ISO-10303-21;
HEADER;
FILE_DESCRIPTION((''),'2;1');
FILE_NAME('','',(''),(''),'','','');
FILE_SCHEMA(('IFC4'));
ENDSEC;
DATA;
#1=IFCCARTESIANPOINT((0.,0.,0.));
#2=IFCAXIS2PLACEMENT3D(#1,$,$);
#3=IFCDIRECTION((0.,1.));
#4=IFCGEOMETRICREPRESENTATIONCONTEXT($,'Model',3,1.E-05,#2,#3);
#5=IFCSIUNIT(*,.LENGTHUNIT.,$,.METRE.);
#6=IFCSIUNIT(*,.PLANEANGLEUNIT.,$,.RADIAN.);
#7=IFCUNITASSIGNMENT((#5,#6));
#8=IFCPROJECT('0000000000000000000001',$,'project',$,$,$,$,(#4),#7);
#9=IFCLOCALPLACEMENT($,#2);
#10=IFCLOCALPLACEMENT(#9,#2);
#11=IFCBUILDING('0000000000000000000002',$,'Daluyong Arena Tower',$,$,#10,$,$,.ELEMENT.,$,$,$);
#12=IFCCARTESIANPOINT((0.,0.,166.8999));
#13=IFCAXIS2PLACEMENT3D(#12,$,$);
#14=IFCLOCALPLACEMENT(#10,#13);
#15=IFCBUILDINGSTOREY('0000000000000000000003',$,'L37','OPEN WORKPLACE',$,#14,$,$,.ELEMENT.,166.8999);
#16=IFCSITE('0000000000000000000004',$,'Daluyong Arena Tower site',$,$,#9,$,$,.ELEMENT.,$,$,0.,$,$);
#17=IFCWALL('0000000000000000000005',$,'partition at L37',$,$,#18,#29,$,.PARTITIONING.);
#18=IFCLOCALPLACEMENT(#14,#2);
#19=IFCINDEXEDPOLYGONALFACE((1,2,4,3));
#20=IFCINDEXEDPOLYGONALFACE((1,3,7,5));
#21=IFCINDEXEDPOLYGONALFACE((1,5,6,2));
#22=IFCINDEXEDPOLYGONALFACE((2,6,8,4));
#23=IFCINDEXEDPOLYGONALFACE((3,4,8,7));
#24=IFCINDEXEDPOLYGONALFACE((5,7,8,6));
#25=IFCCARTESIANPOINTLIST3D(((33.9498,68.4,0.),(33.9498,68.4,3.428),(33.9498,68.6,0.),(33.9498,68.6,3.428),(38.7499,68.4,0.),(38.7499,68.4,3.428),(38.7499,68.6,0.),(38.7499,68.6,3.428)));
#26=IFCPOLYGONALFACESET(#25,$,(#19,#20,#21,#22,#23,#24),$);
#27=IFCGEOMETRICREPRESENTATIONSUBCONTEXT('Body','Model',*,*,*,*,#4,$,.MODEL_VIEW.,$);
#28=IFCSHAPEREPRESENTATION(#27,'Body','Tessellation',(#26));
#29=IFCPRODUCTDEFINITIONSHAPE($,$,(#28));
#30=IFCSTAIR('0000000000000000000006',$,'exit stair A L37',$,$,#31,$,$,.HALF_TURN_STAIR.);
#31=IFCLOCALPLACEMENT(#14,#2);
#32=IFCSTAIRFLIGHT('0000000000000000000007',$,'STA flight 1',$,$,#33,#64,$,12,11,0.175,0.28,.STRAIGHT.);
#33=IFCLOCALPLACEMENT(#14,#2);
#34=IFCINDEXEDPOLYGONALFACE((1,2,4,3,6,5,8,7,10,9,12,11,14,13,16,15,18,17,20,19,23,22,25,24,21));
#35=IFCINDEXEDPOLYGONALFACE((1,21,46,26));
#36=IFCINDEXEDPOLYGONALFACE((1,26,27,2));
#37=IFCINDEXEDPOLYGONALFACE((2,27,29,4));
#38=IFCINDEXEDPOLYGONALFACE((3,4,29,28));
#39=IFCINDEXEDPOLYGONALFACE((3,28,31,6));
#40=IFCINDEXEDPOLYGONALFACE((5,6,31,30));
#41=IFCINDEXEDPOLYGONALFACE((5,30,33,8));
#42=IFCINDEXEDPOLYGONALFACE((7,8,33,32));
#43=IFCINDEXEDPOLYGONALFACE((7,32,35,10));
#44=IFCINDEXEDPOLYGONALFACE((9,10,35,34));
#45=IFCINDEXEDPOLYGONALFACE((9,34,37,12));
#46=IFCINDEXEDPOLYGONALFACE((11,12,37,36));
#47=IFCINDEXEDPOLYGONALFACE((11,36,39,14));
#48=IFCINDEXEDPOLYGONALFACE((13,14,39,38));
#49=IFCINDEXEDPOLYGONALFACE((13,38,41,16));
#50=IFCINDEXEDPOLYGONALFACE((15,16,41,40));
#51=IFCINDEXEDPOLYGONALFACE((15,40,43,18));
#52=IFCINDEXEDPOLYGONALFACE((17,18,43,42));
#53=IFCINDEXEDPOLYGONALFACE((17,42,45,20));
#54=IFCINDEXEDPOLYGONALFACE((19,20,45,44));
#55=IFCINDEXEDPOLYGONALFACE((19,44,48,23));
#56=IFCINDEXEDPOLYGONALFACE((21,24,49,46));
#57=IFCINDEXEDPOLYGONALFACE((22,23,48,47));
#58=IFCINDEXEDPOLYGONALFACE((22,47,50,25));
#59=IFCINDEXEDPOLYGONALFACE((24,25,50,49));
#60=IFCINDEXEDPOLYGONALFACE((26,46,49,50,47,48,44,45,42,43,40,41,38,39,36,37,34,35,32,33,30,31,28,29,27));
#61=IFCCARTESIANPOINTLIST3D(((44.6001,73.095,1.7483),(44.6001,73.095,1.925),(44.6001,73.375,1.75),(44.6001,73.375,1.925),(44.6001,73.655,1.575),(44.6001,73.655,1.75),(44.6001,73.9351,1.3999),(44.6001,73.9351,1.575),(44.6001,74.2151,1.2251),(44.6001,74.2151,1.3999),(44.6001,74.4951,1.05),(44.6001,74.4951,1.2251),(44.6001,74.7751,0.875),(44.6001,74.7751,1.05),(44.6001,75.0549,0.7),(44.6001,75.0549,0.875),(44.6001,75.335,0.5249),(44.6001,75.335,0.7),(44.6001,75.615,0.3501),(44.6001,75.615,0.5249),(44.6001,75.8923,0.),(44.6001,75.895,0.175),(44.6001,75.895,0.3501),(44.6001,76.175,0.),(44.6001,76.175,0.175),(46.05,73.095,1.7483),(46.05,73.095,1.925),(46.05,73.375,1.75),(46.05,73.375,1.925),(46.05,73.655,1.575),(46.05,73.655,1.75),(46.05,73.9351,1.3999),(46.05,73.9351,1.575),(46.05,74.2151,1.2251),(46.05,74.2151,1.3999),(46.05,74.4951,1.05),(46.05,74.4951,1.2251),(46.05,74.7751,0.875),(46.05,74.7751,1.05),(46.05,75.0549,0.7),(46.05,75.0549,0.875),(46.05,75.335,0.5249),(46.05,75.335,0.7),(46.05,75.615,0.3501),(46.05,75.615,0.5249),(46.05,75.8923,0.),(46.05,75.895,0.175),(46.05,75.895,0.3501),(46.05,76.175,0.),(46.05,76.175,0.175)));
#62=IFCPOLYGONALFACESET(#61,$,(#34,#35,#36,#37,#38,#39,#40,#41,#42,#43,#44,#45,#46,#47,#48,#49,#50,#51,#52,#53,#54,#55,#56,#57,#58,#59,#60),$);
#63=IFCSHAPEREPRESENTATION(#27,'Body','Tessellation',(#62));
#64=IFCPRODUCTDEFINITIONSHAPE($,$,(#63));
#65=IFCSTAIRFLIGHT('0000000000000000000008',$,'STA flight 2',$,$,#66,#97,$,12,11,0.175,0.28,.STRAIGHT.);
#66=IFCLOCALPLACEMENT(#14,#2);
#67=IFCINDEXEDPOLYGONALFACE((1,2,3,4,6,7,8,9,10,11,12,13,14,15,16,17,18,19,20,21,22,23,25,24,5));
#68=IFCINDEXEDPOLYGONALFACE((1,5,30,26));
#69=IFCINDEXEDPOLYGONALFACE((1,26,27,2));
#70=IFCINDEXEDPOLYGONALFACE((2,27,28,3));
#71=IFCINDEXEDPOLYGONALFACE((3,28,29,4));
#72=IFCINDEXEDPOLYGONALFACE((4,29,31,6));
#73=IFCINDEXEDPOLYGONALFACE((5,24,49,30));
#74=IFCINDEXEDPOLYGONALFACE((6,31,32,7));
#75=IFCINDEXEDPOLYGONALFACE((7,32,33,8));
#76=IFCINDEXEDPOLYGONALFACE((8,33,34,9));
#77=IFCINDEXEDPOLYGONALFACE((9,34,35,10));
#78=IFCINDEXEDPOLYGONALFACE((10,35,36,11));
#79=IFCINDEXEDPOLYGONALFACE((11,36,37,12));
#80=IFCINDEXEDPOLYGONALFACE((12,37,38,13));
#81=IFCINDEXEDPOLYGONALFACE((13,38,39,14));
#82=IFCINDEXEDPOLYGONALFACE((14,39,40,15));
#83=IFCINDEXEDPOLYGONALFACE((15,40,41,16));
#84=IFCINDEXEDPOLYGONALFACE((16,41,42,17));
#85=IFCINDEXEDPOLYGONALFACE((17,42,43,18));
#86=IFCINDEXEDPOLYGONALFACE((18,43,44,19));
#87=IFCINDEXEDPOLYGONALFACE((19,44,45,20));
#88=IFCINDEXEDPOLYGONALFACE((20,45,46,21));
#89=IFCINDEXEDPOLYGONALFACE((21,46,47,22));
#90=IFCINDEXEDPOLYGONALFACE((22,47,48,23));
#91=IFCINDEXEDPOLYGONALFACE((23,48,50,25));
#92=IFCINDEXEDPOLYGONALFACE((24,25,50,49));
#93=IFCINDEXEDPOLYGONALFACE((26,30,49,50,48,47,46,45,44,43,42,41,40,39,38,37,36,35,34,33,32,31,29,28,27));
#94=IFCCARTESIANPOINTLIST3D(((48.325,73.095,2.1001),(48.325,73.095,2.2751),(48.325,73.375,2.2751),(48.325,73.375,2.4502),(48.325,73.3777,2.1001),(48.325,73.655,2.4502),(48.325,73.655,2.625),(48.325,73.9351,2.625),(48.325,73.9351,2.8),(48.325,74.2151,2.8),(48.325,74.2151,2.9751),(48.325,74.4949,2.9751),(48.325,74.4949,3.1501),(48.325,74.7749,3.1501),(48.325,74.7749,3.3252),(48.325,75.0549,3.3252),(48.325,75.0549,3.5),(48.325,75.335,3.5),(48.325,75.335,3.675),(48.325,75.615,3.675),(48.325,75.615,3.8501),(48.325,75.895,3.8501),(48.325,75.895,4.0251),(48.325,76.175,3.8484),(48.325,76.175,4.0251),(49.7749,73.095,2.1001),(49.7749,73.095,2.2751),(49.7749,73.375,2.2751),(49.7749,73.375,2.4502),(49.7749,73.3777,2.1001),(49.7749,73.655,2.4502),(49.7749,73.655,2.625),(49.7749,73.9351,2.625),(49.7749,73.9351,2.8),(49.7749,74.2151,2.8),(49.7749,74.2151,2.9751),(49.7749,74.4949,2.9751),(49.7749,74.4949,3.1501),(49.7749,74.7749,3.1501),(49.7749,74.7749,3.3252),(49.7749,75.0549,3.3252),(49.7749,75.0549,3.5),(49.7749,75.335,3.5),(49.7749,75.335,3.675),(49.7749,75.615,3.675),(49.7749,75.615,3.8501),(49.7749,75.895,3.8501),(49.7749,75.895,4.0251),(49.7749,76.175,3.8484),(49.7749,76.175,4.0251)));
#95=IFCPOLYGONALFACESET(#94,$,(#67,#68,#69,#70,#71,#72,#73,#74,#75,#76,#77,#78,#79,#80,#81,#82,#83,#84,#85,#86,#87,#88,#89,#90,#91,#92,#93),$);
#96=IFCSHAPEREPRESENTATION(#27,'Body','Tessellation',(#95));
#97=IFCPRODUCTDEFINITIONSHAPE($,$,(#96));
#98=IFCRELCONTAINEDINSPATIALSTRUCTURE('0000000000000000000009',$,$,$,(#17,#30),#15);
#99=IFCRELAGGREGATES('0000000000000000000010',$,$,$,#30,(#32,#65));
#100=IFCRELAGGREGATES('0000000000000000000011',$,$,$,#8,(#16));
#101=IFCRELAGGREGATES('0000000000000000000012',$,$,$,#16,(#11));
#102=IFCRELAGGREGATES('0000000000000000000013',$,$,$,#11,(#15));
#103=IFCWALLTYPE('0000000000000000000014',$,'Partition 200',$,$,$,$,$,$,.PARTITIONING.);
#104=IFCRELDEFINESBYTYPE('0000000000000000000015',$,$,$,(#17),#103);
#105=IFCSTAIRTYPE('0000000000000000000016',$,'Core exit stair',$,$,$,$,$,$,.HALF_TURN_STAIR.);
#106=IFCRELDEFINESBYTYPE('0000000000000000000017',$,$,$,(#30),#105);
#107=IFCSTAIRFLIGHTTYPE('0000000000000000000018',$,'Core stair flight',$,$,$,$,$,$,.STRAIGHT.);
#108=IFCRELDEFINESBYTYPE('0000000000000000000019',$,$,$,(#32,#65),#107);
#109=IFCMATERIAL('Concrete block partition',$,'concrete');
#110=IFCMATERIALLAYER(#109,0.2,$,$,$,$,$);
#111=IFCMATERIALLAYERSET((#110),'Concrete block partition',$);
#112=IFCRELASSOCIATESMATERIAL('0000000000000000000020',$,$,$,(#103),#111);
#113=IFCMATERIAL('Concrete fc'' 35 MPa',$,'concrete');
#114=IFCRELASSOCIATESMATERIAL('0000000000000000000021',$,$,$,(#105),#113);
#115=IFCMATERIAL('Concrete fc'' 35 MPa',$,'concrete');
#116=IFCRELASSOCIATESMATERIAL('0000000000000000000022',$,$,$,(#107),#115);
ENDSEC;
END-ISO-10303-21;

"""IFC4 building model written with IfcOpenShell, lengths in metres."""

from ifc_helpers import new_model, si_unit, direction, frame, frame_2d, origin, place, context, subcontext, project, spatial, polyline, rectangle, outline, extrude, material, layer, layer_set, type_object, element, aggregate, save


model = new_model("IFC4")

# Units and contexts
model_context = context("Model", 3, precision=1e-05, world=origin(), true_north=direction((0.0, 1.0)))
body_context = subcontext(model_context, "Body", "Model", "MODEL_VIEW")
ifc_project = project(units=[si_unit("LENGTHUNIT", "METRE"), si_unit("PLANEANGLEUNIT", "RADIAN")], contexts=[model_context])

# Site, building, storey
site_placement = place(None, origin())
site = spatial("IfcSite", under=ifc_project, at=site_placement, Name="Daluyong Arena Tower site", CompositionType="ELEMENT", RefElevation=0.0)
building_placement = place(site_placement, origin())
building = spatial("IfcBuilding", under=site, at=building_placement, Name="Daluyong Arena Tower", CompositionType="ELEMENT")
storey_placement = place(building_placement, frame((0.0, 0.0, 166.8999)))
storey = spatial("IfcBuildingStorey", under=building, at=storey_placement, Name="L37", Description="OPEN WORKPLACE", CompositionType="ELEMENT", Elevation=166.8999)

# Wall
ifc_material_1 = material(Name="Concrete block partition", Category="concrete")
ifc_layer_1 = layer(ifc_material_1, 0.2)
ifc_layer_set_1 = layer_set([ifc_layer_1], Name="Concrete block partition")
wall_type_1 = type_object("IfcWallType", Name="Partition 200", PredefinedType="PARTITIONING", material=ifc_layer_set_1)
for number, where, z_axis, x_axis, name in (
    (1, (33.95, 68.5, 0.0), (0.0, 0.0, 1.0), (1.0, 0.0, 0.0), "partition at L37"),
):
    element("IfcWall", number, at=place(storey_placement, frame(where, z_axis=z_axis, x_axis=x_axis)), inside=storey, type_object=wall_type_1, Name=name, PredefinedType="PARTITIONING", context=body_context, shape_type="SweptSolid", body=[
        extrude(rectangle(XDim=4.8, YDim=0.2, at=frame_2d((2.3999, 0.0))), origin(), (0.0, 0.0, 1.0), 3.428),
    ])

# Stair, stair flights
ifc_material_2 = material(Name="Concrete fc' 35 MPa", Category="concrete")
stair_type = type_object("IfcStairType", Name="Core exit stair", PredefinedType="HALF_TURN_STAIR", material=ifc_material_2)
stair_placement = place(storey_placement, origin())
stair = element("IfcStair", 2, at=stair_placement, inside=storey, type_object=stair_type, Name="exit stair A L37", PredefinedType="HALF_TURN_STAIR")
ifc_material_3 = material(Name="Concrete fc' 35 MPa", Category="concrete")
stair_flight_type = type_object("IfcStairFlightType", Name="Core stair flight", PredefinedType="STRAIGHT", material=ifc_material_3)
stair_flight_1_placement = place(storey_placement, frame((45.325, 76.175, 0.0), z_axis=(0.0, 0.0, 1.0), x_axis=(0.0, -1.0, 0.0)))
stair_flight_1 = element("IfcStairFlight", 3, at=stair_flight_1_placement, type_object=stair_flight_type, Name="STA flight 1", NumberOfRisers=12, NumberOfTreads=11, PredefinedType="STRAIGHT", RiserHeight=0.175, TreadLength=0.28, context=body_context, shape_type="SweptSolid", body=[
    extrude(outline(polyline([(0.0, 0.0), (0.0, 0.175), (0.28, 0.175), (0.28, 0.3501), (0.5601, 0.3501), (0.5601, 0.5249), (0.8401, 0.5249), (0.8401, 0.7), (1.1201, 0.7), (1.1201, 0.875), (1.3999, 0.875), (1.3999, 1.05), (1.6799, 1.05), (1.6799, 1.2251), (1.96, 1.2251), (1.96, 1.3999), (2.24, 1.3999), (2.24, 1.575), (2.52, 1.575), (2.52, 1.75), (2.8, 1.75), (2.8, 1.925), (3.0801, 1.925), (3.0801, 2.1001), (3.0801, 1.7483), (0.2827, 0.0), (0.0, 0.0)])), frame((0.0, 0.7251, 0.0), z_axis=(0.0, -1.0, 0.0), x_axis=(1.0, 0.0, 0.0)), (0.0, 0.0, 1.0), 1.45),
])
stair_flight_2_placement = place(storey_placement, frame((49.05, 73.095, 2.1001), z_axis=(0.0, 0.0, 1.0), x_axis=(0.0, 1.0, 0.0)))
stair_flight_2 = element("IfcStairFlight", 4, at=stair_flight_2_placement, type_object=stair_flight_type, Name="STA flight 2", NumberOfRisers=12, NumberOfTreads=11, PredefinedType="STRAIGHT", RiserHeight=0.175, TreadLength=0.28, context=body_context, shape_type="SweptSolid", body=[
    extrude(outline(polyline([(0.0, 0.0), (0.0, 0.175), (0.28, 0.175), (0.28, 0.3501), (0.5601, 0.3501), (0.5601, 0.5249), (0.8401, 0.5249), (0.8401, 0.7), (1.1201, 0.7), (1.1201, 0.875), (1.3999, 0.875), (1.3999, 1.05), (1.6799, 1.05), (1.6799, 1.2251), (1.96, 1.2251), (1.96, 1.3999), (2.24, 1.3999), (2.24, 1.575), (2.52, 1.575), (2.52, 1.75), (2.8, 1.75), (2.8, 1.925), (3.0801, 1.925), (3.0801, 2.1001), (3.0801, 1.7483), (0.2827, 0.0), (0.0, 0.0)])), frame((0.0, 0.7251, 0.0), z_axis=(0.0, -1.0, 0.0), x_axis=(1.0, 0.0, 0.0)), (0.0, 0.0, 1.0), 1.45),
])
aggregate(stair, [stair_flight_1, stair_flight_2])

save(model, "model.ifc")
